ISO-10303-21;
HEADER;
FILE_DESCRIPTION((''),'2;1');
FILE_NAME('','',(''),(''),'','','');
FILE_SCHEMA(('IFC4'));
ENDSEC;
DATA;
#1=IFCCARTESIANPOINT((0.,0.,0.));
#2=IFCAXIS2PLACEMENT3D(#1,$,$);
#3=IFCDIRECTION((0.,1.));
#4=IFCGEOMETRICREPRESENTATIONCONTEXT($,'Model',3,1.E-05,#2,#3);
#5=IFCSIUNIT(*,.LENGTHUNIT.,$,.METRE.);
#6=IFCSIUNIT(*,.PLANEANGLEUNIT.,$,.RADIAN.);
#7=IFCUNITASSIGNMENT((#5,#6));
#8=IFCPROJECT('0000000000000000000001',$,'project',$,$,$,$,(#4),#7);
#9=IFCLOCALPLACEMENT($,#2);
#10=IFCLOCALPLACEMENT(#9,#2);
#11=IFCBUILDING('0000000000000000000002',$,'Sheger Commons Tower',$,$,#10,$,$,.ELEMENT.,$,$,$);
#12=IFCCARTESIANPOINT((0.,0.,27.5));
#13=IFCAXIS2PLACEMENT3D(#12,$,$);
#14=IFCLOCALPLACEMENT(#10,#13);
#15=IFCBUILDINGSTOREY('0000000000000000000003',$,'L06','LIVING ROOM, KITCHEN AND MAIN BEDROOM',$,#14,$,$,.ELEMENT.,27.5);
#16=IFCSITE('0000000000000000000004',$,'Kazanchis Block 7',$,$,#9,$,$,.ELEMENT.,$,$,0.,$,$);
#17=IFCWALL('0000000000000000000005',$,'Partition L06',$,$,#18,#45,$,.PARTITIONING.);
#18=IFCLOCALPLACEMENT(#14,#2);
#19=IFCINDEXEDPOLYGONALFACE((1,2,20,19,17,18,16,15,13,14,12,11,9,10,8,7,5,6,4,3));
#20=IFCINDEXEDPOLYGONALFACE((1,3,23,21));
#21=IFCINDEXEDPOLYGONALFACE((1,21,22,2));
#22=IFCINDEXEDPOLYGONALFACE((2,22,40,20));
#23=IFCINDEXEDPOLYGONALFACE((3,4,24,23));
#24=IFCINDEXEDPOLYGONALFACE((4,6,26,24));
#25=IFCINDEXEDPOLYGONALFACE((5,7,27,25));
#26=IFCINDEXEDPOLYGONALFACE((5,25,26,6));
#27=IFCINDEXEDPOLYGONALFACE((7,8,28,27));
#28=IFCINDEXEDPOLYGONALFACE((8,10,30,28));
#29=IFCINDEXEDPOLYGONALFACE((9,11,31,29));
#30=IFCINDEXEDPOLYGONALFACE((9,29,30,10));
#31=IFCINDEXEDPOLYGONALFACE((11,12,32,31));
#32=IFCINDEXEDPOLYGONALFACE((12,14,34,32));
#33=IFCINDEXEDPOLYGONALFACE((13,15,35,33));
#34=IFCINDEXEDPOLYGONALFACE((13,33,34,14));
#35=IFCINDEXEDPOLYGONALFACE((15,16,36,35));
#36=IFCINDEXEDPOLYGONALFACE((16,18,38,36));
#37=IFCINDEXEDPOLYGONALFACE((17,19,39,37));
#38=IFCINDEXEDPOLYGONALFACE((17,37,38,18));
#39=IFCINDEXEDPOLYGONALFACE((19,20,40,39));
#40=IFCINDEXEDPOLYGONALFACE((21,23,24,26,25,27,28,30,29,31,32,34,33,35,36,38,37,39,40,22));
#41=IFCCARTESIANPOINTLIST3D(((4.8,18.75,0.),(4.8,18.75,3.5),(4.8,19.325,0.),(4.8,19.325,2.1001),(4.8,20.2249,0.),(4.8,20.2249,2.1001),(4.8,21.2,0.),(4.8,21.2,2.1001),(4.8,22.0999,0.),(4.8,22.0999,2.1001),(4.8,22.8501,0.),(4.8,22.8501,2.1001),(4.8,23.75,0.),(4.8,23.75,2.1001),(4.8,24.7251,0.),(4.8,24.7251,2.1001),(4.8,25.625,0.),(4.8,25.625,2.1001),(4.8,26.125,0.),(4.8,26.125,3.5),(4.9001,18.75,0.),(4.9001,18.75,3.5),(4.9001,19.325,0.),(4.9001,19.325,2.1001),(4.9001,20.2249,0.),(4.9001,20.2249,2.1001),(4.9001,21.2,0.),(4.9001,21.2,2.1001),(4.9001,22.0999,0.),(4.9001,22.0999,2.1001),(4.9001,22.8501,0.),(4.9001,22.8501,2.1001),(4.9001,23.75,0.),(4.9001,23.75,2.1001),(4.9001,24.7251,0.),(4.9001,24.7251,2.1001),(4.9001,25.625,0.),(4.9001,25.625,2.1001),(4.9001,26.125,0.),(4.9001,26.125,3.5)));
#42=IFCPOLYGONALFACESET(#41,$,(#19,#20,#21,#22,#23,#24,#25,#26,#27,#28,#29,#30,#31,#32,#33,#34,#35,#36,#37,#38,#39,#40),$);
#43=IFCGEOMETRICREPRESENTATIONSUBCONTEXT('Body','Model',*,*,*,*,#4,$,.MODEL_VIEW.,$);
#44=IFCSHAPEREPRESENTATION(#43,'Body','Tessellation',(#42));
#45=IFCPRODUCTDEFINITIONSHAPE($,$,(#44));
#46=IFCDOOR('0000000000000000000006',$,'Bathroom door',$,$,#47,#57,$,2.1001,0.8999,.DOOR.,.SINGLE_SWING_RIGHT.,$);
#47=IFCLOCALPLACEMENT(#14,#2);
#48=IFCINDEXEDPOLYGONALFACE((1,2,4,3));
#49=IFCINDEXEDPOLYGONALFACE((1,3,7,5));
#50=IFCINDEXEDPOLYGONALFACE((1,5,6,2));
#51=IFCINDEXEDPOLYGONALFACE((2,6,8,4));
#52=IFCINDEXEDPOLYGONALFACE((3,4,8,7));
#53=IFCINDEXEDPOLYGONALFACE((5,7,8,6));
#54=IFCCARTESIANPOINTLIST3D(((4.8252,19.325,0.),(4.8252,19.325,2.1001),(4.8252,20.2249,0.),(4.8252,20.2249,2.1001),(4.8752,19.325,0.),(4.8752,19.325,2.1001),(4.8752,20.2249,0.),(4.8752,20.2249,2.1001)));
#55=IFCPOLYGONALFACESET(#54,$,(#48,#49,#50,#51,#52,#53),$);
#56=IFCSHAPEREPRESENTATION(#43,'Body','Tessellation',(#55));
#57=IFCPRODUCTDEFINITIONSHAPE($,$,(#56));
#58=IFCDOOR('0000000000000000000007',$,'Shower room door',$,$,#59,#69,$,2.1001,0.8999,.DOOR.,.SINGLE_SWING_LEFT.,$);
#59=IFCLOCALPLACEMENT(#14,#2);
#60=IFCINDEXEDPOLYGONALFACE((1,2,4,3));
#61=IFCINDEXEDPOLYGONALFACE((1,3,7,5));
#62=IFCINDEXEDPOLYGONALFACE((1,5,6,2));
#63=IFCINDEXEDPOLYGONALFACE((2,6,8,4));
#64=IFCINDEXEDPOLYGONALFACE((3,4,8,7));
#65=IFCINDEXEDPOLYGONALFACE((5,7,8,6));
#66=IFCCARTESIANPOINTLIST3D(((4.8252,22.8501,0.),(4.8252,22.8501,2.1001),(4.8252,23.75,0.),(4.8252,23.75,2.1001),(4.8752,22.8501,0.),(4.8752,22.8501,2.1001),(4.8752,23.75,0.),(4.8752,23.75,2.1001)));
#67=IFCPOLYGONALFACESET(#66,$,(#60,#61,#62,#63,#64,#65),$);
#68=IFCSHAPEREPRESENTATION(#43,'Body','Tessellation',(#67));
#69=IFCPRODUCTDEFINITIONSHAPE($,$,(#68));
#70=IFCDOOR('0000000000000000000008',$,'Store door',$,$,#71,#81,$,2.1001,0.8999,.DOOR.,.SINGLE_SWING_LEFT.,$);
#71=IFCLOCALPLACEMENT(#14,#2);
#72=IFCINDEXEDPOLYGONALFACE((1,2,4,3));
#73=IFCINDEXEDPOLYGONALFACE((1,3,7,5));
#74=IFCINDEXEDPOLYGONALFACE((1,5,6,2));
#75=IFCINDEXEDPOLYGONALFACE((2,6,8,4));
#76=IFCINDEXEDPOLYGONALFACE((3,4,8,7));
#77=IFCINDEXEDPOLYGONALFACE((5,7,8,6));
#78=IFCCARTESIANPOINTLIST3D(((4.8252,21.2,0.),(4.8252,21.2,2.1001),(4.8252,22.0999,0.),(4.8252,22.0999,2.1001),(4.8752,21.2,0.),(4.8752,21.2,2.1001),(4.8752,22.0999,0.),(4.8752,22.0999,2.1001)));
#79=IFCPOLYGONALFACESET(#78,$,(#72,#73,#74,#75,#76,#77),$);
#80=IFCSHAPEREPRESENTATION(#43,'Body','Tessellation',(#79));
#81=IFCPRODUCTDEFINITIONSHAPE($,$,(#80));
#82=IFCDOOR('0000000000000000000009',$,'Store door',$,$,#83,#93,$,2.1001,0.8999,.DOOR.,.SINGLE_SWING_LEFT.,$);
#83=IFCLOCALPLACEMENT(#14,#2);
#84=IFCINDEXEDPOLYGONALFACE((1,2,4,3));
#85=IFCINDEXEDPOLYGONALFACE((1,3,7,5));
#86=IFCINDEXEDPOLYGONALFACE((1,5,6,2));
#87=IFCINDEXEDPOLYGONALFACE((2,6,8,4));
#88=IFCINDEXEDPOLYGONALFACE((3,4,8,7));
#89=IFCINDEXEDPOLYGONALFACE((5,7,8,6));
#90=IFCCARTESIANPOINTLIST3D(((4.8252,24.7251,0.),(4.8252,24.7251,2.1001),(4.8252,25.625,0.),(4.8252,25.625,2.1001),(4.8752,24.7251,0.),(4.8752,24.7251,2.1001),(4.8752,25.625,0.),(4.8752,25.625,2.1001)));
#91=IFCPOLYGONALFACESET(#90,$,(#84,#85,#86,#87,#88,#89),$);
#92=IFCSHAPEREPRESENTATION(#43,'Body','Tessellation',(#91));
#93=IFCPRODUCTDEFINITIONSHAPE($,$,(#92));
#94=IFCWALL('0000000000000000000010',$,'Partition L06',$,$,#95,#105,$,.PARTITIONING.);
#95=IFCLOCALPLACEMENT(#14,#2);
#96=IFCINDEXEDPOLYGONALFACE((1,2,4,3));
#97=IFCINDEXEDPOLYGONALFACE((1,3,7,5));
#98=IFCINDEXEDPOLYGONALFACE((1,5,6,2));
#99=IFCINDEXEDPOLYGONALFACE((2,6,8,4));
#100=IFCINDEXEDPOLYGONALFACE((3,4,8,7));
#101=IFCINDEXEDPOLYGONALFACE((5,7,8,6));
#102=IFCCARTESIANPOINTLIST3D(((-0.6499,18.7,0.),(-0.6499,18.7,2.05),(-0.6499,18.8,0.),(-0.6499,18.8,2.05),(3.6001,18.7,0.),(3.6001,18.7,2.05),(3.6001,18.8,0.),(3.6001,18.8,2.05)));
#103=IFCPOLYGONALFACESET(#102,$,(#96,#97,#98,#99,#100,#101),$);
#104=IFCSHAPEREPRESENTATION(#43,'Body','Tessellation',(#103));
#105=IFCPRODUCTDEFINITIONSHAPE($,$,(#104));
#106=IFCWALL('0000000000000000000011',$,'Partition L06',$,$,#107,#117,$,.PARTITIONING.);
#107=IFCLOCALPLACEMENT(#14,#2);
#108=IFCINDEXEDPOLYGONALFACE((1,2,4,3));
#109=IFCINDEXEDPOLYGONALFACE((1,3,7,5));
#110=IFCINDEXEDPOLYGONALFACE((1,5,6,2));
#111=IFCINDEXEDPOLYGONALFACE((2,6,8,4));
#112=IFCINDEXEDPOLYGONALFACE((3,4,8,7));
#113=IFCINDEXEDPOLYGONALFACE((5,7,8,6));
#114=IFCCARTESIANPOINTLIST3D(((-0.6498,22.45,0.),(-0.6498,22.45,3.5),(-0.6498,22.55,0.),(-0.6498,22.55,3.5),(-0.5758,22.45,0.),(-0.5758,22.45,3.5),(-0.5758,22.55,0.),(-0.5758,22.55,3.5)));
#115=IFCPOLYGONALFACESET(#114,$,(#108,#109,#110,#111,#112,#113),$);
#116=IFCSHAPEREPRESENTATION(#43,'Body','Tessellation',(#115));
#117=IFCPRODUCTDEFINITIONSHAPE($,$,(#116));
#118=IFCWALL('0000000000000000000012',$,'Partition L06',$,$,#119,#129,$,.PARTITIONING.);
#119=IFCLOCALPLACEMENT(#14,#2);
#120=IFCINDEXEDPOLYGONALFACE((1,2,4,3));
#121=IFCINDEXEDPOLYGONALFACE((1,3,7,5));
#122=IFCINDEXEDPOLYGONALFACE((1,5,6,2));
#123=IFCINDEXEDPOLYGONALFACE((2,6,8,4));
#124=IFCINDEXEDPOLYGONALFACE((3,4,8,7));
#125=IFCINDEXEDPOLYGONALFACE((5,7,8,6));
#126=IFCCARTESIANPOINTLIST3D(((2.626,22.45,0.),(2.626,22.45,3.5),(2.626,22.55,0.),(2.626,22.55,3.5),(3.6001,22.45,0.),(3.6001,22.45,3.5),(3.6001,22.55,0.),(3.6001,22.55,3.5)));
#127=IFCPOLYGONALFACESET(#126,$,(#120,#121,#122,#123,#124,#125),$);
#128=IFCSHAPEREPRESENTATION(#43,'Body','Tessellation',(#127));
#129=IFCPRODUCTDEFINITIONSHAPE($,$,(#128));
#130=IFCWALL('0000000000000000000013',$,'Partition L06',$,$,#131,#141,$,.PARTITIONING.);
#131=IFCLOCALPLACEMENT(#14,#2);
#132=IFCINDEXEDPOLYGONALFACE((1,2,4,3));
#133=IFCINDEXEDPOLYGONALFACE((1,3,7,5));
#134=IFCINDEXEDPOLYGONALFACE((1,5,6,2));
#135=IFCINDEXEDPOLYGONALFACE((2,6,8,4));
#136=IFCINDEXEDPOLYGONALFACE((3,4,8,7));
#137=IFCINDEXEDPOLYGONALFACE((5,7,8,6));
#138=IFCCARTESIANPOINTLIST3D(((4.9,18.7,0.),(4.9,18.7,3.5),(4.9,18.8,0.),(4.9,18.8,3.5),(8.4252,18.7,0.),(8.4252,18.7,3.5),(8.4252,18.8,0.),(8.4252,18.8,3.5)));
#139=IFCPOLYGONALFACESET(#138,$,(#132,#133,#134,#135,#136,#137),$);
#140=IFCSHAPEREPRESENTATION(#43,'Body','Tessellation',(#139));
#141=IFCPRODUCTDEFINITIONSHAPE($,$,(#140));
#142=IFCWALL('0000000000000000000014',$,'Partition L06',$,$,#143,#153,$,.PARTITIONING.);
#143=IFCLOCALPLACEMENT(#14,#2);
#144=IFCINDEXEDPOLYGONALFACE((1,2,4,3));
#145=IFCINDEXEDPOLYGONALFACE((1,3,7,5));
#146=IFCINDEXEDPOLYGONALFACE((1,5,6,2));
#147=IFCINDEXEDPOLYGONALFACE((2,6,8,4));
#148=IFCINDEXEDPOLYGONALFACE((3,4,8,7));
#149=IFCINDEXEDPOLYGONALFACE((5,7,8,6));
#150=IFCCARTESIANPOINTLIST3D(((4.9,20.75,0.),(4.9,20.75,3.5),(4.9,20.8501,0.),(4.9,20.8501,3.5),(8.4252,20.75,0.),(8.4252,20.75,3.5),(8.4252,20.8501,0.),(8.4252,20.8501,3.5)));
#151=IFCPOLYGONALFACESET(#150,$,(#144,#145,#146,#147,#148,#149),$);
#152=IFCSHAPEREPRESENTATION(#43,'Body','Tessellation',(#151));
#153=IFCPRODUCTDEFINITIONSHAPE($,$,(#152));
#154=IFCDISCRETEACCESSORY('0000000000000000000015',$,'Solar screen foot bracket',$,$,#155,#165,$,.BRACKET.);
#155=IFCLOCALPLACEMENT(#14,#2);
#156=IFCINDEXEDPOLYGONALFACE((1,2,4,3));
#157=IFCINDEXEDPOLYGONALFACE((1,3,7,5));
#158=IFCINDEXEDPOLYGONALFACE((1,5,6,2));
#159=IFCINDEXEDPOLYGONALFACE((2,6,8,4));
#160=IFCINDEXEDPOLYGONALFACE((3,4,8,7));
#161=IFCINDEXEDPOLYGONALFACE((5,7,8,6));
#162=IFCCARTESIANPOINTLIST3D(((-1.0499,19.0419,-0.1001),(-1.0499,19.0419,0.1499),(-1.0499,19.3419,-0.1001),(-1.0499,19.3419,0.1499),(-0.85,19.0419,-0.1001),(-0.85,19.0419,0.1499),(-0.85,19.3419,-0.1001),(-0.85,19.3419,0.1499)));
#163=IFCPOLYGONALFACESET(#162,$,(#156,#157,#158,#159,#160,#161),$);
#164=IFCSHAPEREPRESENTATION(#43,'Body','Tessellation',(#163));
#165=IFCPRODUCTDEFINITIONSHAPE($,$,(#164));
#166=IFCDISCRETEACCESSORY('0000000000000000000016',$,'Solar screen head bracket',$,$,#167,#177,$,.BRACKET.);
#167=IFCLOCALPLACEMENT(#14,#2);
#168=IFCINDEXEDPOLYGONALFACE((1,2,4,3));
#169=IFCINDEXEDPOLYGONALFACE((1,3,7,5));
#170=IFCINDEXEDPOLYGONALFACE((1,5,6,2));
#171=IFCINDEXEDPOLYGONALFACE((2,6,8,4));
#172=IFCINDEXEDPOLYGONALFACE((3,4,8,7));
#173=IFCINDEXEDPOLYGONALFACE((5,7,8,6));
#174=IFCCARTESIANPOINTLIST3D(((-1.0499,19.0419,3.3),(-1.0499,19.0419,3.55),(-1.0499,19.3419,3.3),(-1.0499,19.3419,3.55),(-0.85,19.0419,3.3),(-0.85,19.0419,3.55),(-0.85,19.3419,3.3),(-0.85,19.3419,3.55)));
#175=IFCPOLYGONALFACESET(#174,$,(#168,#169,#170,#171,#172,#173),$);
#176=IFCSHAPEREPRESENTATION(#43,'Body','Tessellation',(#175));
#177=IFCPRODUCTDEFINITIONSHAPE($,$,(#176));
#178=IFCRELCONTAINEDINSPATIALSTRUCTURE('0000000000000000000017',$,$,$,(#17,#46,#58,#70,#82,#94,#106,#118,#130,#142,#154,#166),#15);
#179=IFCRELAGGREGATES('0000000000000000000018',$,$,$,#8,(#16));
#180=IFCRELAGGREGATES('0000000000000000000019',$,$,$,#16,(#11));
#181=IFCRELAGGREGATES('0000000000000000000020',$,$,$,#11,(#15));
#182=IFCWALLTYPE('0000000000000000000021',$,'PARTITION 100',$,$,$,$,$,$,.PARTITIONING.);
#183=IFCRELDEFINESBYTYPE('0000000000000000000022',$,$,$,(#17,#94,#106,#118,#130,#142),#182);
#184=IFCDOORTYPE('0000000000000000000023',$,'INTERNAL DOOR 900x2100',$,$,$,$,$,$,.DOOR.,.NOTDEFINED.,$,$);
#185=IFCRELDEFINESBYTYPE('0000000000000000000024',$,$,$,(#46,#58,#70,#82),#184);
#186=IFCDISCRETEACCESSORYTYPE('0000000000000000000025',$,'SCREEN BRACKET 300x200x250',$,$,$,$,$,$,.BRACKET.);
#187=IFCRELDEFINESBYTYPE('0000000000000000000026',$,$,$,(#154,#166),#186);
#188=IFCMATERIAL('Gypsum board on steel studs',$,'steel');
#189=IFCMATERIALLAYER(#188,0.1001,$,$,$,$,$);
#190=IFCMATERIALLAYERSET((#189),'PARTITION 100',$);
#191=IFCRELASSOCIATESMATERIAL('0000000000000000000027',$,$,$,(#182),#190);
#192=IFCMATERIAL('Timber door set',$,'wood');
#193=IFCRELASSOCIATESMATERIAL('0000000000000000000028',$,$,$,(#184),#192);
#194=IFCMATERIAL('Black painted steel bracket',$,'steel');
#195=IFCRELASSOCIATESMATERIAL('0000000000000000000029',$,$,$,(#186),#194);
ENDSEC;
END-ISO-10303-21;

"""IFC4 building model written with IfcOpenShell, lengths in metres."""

from ifc_helpers import new_model, si_unit, direction, frame, frame_2d, origin, origin_2d, place, context, subcontext, project, spatial, rectangle, extrude, material, layer, layer_set, type_object, element, fill, save


model = new_model("IFC4")

# Units and contexts
model_context = context("Model", 3, precision=1e-05, world=origin(), true_north=direction((0.0, 1.0)))
body_context = subcontext(model_context, "Body", "Model", "MODEL_VIEW")
ifc_project = project(units=[si_unit("LENGTHUNIT", "METRE"), si_unit("PLANEANGLEUNIT", "RADIAN")], contexts=[model_context])

# Site, building, storey
site_placement = place(None, origin())
site = spatial("IfcSite", under=ifc_project, at=site_placement, Name="Kazanchis Block 7", CompositionType="ELEMENT", RefElevation=0.0)
building_placement = place(site_placement, origin())
building = spatial("IfcBuilding", under=site, at=building_placement, Name="Sheger Commons Tower", CompositionType="ELEMENT")
storey_placement = place(building_placement, frame((0.0, 0.0, 27.5)))
storey = spatial("IfcBuildingStorey", under=building, at=storey_placement, Name="L06", Description="LIVING ROOM, KITCHEN AND MAIN BEDROOM", CompositionType="ELEMENT", Elevation=27.5)

# Wall, openings, doors
ifc_material_1 = material(Name="Gypsum board on steel studs", Category="steel")
ifc_layer_1 = layer(ifc_material_1, 0.1001)
ifc_layer_set_1 = layer_set([ifc_layer_1], Name="PARTITION 100")
wall_type = type_object("IfcWallType", Name="PARTITION 100", PredefinedType="PARTITIONING", material=ifc_layer_set_1)
ifc_material_2 = material(Name="Timber door set", Category="wood")
door_type = type_object("IfcDoorType", Name="INTERNAL DOOR 900x2100", OperationType="NOTDEFINED", PredefinedType="DOOR", material=ifc_material_2)
wall_1_placement = place(storey_placement, frame((4.8501, 18.75, 0.0), z_axis=(0.0, 0.0, 1.0), x_axis=(0.0, 1.0, 0.0)))
wall_1 = element("IfcWall", 1, at=wall_1_placement, inside=storey, type_object=wall_type, Name="Partition L06", PredefinedType="PARTITIONING", context=body_context, shape_type="SweptSolid", body=[
    extrude(rectangle(XDim=7.375, YDim=0.1001, at=frame_2d((3.6875, 0.0))), origin(), (0.0, 0.0, 1.0), 3.5),
])
opening_1_placement = place(wall_1_placement, frame((0.575, 0.0, 0.0)))
opening_1 = element("IfcOpeningElement", 2, at=opening_1_placement, cuts=wall_1, PredefinedType="OPENING", context=body_context, shape_type="SweptSolid", body=[
    extrude(rectangle(XDim=0.8999, YDim=2.1001, at=frame_2d((0.45, 1.05))), frame((0.0, 0.0601, 0.0), z_axis=(0.0, -1.0, 0.0), x_axis=(1.0, 0.0, 0.0)), (0.0, 0.0, 1.0), 0.1201),
])
opening_2_placement = place(wall_1_placement, frame((4.1001, 0.0, 0.0)))
opening_2 = element("IfcOpeningElement", 3, at=opening_2_placement, cuts=wall_1, PredefinedType="OPENING", context=body_context, shape_type="SweptSolid", body=[
    extrude(rectangle(XDim=0.8999, YDim=2.1001, at=frame_2d((0.45, 1.05))), frame((0.0, 0.0601, 0.0), z_axis=(0.0, -1.0, 0.0), x_axis=(1.0, 0.0, 0.0)), (0.0, 0.0, 1.0), 0.1201),
])
opening_3_placement = place(wall_1_placement, frame((2.45, 0.0, 0.0)))
opening_3 = element("IfcOpeningElement", 4, at=opening_3_placement, cuts=wall_1, PredefinedType="OPENING", context=body_context, shape_type="SweptSolid", body=[
    extrude(rectangle(XDim=0.8999, YDim=2.1001, at=frame_2d((0.45, 1.05))), frame((0.0, 0.0601, 0.0), z_axis=(0.0, -1.0, 0.0), x_axis=(1.0, 0.0, 0.0)), (0.0, 0.0, 1.0), 0.1201),
])
opening_4_placement = place(wall_1_placement, frame((5.9751, 0.0, 0.0)))
opening_4 = element("IfcOpeningElement", 5, at=opening_4_placement, cuts=wall_1, PredefinedType="OPENING", context=body_context, shape_type="SweptSolid", body=[
    extrude(rectangle(XDim=0.8999, YDim=2.1001, at=frame_2d((0.45, 1.05))), frame((0.0, 0.0601, 0.0), z_axis=(0.0, -1.0, 0.0), x_axis=(1.0, 0.0, 0.0)), (0.0, 0.0, 1.0), 0.1201),
])
door_1_placement = place(opening_1_placement, origin())
door_1 = element("IfcDoor", 6, at=door_1_placement, inside=storey, type_object=door_type, Name="Bathroom door", OperationType="SINGLE_SWING_RIGHT", OverallHeight=2.1001, OverallWidth=0.8999, PredefinedType="DOOR", context=body_context, shape_type="SweptSolid", body=[
    extrude(rectangle(XDim=0.8999, YDim=2.1001, at=frame_2d((0.45, 1.05))), frame((0.0, 0.0249, 0.0), z_axis=(0.0, -1.0, 0.0), x_axis=(1.0, 0.0, 0.0)), (0.0, 0.0, 1.0), 0.05),
])
fill(opening_1, door_1)
door_2_placement = place(opening_2_placement, origin())
door_2 = element("IfcDoor", 7, at=door_2_placement, inside=storey, type_object=door_type, Name="Shower room door", OperationType="SINGLE_SWING_LEFT", OverallHeight=2.1001, OverallWidth=0.8999, PredefinedType="DOOR", context=body_context, shape_type="SweptSolid", body=[
    extrude(rectangle(XDim=0.8999, YDim=2.1001, at=frame_2d((0.45, 1.05))), frame((0.0, 0.0249, 0.0), z_axis=(0.0, -1.0, 0.0), x_axis=(1.0, 0.0, 0.0)), (0.0, 0.0, 1.0), 0.05),
])
fill(opening_2, door_2)
door_3_placement = place(opening_3_placement, origin())
door_3 = element("IfcDoor", 8, at=door_3_placement, inside=storey, type_object=door_type, Name="Store door", OperationType="SINGLE_SWING_LEFT", OverallHeight=2.1001, OverallWidth=0.8999, PredefinedType="DOOR", context=body_context, shape_type="SweptSolid", body=[
    extrude(rectangle(XDim=0.8999, YDim=2.1001, at=frame_2d((0.45, 1.05))), frame((0.0, 0.0249, 0.0), z_axis=(0.0, -1.0, 0.0), x_axis=(1.0, 0.0, 0.0)), (0.0, 0.0, 1.0), 0.05),
])
fill(opening_3, door_3)
door_4_placement = place(opening_4_placement, origin())
door_4 = element("IfcDoor", 9, at=door_4_placement, inside=storey, type_object=door_type, Name="Store door", OperationType="SINGLE_SWING_LEFT", OverallHeight=2.1001, OverallWidth=0.8999, PredefinedType="DOOR", context=body_context, shape_type="SweptSolid", body=[
    extrude(rectangle(XDim=0.8999, YDim=2.1001, at=frame_2d((0.45, 1.05))), frame((0.0, 0.0249, 0.0), z_axis=(0.0, -1.0, 0.0), x_axis=(1.0, 0.0, 0.0)), (0.0, 0.0, 1.0), 0.05),
])
fill(opening_4, door_4)

# Walls
wall_2_placement = place(storey_placement, frame((-0.6499, 18.75, 0.0), z_axis=(0.0, 0.0, 1.0), x_axis=(1.0, 0.0, 0.0)))
element("IfcWall", 10, at=wall_2_placement, inside=storey, type_object=wall_type, Name="Partition L06", PredefinedType="PARTITIONING", context=body_context, shape_type="SweptSolid", body=[
    extrude(rectangle(XDim=4.25, YDim=0.1001, at=frame_2d((2.125, 0.0))), origin(), (0.0, 0.0, 1.0), 2.05),
])
wall_3_placement = place(storey_placement, frame((-0.6499, 22.5, 0.0), z_axis=(0.0, 0.0, 1.0), x_axis=(1.0, 0.0, 0.0)))
element("IfcWall", 11, at=wall_3_placement, inside=storey, type_object=wall_type, Name="Partition L06", PredefinedType="PARTITIONING", context=body_context, shape_type="SweptSolid", body=[
    extrude(rectangle(XDim=0.074, YDim=0.1001, at=frame_2d((0.0371, 0.0))), origin(), (0.0, 0.0, 1.0), 3.5),
])
wall_4_placement = place(storey_placement, frame((2.626, 22.5, 0.0), z_axis=(0.0, 0.0, 1.0), x_axis=(1.0, 0.0, 0.0)))
element("IfcWall", 12, at=wall_4_placement, inside=storey, type_object=wall_type, Name="Partition L06", PredefinedType="PARTITIONING", context=body_context, shape_type="SweptSolid", body=[
    extrude(rectangle(XDim=0.9741, YDim=0.1001, at=frame_2d((0.4871, 0.0))), origin(), (0.0, 0.0, 1.0), 3.5),
])
for number, where, z_axis, x_axis, name in (
    (13, (4.8999, 18.75, 0.0), (0.0, 0.0, 1.0), (1.0, 0.0, 0.0), "Partition L06"),
    (14, (4.8999, 20.8, 0.0), (0.0, 0.0, 1.0), (1.0, 0.0, 0.0), "Partition L06"),
):
    element("IfcWall", number, at=place(storey_placement, frame(where, z_axis=z_axis, x_axis=x_axis)), inside=storey, type_object=wall_type, Name=name, PredefinedType="PARTITIONING", context=body_context, shape_type="SweptSolid", body=[
        extrude(rectangle(XDim=3.5251, YDim=0.1001, at=frame_2d((1.7627, 0.0))), origin(), (0.0, 0.0, 1.0), 3.5),
    ])

# Discrete accessories
ifc_material_3 = material(Name="Black painted steel bracket", Category="steel")
discrete_accessory_type = type_object("IfcDiscreteAccessoryType", Name="SCREEN BRACKET 300x200x250", PredefinedType="BRACKET", material=ifc_material_3)
for number, where, z_axis, x_axis, name in (
    (15, (-0.95, 19.1919, -0.1001), (0.0, 0.0, 1.0), (0.0, -1.0, 0.0), "Solar screen foot bracket"),
    (16, (-0.95, 19.1919, 3.3), (0.0, 0.0, 1.0), (0.0, -1.0, 0.0), "Solar screen head bracket"),
):
    element("IfcDiscreteAccessory", number, at=place(storey_placement, frame(where, z_axis=z_axis, x_axis=x_axis)), inside=storey, type_object=discrete_accessory_type, Name=name, PredefinedType="BRACKET", context=body_context, shape_type="SweptSolid", body=[
        extrude(rectangle(XDim=0.3, YDim=0.2, at=origin_2d()), origin(), (0.0, 0.0, 1.0), 0.25),
    ])

save(model, "model.ifc")
